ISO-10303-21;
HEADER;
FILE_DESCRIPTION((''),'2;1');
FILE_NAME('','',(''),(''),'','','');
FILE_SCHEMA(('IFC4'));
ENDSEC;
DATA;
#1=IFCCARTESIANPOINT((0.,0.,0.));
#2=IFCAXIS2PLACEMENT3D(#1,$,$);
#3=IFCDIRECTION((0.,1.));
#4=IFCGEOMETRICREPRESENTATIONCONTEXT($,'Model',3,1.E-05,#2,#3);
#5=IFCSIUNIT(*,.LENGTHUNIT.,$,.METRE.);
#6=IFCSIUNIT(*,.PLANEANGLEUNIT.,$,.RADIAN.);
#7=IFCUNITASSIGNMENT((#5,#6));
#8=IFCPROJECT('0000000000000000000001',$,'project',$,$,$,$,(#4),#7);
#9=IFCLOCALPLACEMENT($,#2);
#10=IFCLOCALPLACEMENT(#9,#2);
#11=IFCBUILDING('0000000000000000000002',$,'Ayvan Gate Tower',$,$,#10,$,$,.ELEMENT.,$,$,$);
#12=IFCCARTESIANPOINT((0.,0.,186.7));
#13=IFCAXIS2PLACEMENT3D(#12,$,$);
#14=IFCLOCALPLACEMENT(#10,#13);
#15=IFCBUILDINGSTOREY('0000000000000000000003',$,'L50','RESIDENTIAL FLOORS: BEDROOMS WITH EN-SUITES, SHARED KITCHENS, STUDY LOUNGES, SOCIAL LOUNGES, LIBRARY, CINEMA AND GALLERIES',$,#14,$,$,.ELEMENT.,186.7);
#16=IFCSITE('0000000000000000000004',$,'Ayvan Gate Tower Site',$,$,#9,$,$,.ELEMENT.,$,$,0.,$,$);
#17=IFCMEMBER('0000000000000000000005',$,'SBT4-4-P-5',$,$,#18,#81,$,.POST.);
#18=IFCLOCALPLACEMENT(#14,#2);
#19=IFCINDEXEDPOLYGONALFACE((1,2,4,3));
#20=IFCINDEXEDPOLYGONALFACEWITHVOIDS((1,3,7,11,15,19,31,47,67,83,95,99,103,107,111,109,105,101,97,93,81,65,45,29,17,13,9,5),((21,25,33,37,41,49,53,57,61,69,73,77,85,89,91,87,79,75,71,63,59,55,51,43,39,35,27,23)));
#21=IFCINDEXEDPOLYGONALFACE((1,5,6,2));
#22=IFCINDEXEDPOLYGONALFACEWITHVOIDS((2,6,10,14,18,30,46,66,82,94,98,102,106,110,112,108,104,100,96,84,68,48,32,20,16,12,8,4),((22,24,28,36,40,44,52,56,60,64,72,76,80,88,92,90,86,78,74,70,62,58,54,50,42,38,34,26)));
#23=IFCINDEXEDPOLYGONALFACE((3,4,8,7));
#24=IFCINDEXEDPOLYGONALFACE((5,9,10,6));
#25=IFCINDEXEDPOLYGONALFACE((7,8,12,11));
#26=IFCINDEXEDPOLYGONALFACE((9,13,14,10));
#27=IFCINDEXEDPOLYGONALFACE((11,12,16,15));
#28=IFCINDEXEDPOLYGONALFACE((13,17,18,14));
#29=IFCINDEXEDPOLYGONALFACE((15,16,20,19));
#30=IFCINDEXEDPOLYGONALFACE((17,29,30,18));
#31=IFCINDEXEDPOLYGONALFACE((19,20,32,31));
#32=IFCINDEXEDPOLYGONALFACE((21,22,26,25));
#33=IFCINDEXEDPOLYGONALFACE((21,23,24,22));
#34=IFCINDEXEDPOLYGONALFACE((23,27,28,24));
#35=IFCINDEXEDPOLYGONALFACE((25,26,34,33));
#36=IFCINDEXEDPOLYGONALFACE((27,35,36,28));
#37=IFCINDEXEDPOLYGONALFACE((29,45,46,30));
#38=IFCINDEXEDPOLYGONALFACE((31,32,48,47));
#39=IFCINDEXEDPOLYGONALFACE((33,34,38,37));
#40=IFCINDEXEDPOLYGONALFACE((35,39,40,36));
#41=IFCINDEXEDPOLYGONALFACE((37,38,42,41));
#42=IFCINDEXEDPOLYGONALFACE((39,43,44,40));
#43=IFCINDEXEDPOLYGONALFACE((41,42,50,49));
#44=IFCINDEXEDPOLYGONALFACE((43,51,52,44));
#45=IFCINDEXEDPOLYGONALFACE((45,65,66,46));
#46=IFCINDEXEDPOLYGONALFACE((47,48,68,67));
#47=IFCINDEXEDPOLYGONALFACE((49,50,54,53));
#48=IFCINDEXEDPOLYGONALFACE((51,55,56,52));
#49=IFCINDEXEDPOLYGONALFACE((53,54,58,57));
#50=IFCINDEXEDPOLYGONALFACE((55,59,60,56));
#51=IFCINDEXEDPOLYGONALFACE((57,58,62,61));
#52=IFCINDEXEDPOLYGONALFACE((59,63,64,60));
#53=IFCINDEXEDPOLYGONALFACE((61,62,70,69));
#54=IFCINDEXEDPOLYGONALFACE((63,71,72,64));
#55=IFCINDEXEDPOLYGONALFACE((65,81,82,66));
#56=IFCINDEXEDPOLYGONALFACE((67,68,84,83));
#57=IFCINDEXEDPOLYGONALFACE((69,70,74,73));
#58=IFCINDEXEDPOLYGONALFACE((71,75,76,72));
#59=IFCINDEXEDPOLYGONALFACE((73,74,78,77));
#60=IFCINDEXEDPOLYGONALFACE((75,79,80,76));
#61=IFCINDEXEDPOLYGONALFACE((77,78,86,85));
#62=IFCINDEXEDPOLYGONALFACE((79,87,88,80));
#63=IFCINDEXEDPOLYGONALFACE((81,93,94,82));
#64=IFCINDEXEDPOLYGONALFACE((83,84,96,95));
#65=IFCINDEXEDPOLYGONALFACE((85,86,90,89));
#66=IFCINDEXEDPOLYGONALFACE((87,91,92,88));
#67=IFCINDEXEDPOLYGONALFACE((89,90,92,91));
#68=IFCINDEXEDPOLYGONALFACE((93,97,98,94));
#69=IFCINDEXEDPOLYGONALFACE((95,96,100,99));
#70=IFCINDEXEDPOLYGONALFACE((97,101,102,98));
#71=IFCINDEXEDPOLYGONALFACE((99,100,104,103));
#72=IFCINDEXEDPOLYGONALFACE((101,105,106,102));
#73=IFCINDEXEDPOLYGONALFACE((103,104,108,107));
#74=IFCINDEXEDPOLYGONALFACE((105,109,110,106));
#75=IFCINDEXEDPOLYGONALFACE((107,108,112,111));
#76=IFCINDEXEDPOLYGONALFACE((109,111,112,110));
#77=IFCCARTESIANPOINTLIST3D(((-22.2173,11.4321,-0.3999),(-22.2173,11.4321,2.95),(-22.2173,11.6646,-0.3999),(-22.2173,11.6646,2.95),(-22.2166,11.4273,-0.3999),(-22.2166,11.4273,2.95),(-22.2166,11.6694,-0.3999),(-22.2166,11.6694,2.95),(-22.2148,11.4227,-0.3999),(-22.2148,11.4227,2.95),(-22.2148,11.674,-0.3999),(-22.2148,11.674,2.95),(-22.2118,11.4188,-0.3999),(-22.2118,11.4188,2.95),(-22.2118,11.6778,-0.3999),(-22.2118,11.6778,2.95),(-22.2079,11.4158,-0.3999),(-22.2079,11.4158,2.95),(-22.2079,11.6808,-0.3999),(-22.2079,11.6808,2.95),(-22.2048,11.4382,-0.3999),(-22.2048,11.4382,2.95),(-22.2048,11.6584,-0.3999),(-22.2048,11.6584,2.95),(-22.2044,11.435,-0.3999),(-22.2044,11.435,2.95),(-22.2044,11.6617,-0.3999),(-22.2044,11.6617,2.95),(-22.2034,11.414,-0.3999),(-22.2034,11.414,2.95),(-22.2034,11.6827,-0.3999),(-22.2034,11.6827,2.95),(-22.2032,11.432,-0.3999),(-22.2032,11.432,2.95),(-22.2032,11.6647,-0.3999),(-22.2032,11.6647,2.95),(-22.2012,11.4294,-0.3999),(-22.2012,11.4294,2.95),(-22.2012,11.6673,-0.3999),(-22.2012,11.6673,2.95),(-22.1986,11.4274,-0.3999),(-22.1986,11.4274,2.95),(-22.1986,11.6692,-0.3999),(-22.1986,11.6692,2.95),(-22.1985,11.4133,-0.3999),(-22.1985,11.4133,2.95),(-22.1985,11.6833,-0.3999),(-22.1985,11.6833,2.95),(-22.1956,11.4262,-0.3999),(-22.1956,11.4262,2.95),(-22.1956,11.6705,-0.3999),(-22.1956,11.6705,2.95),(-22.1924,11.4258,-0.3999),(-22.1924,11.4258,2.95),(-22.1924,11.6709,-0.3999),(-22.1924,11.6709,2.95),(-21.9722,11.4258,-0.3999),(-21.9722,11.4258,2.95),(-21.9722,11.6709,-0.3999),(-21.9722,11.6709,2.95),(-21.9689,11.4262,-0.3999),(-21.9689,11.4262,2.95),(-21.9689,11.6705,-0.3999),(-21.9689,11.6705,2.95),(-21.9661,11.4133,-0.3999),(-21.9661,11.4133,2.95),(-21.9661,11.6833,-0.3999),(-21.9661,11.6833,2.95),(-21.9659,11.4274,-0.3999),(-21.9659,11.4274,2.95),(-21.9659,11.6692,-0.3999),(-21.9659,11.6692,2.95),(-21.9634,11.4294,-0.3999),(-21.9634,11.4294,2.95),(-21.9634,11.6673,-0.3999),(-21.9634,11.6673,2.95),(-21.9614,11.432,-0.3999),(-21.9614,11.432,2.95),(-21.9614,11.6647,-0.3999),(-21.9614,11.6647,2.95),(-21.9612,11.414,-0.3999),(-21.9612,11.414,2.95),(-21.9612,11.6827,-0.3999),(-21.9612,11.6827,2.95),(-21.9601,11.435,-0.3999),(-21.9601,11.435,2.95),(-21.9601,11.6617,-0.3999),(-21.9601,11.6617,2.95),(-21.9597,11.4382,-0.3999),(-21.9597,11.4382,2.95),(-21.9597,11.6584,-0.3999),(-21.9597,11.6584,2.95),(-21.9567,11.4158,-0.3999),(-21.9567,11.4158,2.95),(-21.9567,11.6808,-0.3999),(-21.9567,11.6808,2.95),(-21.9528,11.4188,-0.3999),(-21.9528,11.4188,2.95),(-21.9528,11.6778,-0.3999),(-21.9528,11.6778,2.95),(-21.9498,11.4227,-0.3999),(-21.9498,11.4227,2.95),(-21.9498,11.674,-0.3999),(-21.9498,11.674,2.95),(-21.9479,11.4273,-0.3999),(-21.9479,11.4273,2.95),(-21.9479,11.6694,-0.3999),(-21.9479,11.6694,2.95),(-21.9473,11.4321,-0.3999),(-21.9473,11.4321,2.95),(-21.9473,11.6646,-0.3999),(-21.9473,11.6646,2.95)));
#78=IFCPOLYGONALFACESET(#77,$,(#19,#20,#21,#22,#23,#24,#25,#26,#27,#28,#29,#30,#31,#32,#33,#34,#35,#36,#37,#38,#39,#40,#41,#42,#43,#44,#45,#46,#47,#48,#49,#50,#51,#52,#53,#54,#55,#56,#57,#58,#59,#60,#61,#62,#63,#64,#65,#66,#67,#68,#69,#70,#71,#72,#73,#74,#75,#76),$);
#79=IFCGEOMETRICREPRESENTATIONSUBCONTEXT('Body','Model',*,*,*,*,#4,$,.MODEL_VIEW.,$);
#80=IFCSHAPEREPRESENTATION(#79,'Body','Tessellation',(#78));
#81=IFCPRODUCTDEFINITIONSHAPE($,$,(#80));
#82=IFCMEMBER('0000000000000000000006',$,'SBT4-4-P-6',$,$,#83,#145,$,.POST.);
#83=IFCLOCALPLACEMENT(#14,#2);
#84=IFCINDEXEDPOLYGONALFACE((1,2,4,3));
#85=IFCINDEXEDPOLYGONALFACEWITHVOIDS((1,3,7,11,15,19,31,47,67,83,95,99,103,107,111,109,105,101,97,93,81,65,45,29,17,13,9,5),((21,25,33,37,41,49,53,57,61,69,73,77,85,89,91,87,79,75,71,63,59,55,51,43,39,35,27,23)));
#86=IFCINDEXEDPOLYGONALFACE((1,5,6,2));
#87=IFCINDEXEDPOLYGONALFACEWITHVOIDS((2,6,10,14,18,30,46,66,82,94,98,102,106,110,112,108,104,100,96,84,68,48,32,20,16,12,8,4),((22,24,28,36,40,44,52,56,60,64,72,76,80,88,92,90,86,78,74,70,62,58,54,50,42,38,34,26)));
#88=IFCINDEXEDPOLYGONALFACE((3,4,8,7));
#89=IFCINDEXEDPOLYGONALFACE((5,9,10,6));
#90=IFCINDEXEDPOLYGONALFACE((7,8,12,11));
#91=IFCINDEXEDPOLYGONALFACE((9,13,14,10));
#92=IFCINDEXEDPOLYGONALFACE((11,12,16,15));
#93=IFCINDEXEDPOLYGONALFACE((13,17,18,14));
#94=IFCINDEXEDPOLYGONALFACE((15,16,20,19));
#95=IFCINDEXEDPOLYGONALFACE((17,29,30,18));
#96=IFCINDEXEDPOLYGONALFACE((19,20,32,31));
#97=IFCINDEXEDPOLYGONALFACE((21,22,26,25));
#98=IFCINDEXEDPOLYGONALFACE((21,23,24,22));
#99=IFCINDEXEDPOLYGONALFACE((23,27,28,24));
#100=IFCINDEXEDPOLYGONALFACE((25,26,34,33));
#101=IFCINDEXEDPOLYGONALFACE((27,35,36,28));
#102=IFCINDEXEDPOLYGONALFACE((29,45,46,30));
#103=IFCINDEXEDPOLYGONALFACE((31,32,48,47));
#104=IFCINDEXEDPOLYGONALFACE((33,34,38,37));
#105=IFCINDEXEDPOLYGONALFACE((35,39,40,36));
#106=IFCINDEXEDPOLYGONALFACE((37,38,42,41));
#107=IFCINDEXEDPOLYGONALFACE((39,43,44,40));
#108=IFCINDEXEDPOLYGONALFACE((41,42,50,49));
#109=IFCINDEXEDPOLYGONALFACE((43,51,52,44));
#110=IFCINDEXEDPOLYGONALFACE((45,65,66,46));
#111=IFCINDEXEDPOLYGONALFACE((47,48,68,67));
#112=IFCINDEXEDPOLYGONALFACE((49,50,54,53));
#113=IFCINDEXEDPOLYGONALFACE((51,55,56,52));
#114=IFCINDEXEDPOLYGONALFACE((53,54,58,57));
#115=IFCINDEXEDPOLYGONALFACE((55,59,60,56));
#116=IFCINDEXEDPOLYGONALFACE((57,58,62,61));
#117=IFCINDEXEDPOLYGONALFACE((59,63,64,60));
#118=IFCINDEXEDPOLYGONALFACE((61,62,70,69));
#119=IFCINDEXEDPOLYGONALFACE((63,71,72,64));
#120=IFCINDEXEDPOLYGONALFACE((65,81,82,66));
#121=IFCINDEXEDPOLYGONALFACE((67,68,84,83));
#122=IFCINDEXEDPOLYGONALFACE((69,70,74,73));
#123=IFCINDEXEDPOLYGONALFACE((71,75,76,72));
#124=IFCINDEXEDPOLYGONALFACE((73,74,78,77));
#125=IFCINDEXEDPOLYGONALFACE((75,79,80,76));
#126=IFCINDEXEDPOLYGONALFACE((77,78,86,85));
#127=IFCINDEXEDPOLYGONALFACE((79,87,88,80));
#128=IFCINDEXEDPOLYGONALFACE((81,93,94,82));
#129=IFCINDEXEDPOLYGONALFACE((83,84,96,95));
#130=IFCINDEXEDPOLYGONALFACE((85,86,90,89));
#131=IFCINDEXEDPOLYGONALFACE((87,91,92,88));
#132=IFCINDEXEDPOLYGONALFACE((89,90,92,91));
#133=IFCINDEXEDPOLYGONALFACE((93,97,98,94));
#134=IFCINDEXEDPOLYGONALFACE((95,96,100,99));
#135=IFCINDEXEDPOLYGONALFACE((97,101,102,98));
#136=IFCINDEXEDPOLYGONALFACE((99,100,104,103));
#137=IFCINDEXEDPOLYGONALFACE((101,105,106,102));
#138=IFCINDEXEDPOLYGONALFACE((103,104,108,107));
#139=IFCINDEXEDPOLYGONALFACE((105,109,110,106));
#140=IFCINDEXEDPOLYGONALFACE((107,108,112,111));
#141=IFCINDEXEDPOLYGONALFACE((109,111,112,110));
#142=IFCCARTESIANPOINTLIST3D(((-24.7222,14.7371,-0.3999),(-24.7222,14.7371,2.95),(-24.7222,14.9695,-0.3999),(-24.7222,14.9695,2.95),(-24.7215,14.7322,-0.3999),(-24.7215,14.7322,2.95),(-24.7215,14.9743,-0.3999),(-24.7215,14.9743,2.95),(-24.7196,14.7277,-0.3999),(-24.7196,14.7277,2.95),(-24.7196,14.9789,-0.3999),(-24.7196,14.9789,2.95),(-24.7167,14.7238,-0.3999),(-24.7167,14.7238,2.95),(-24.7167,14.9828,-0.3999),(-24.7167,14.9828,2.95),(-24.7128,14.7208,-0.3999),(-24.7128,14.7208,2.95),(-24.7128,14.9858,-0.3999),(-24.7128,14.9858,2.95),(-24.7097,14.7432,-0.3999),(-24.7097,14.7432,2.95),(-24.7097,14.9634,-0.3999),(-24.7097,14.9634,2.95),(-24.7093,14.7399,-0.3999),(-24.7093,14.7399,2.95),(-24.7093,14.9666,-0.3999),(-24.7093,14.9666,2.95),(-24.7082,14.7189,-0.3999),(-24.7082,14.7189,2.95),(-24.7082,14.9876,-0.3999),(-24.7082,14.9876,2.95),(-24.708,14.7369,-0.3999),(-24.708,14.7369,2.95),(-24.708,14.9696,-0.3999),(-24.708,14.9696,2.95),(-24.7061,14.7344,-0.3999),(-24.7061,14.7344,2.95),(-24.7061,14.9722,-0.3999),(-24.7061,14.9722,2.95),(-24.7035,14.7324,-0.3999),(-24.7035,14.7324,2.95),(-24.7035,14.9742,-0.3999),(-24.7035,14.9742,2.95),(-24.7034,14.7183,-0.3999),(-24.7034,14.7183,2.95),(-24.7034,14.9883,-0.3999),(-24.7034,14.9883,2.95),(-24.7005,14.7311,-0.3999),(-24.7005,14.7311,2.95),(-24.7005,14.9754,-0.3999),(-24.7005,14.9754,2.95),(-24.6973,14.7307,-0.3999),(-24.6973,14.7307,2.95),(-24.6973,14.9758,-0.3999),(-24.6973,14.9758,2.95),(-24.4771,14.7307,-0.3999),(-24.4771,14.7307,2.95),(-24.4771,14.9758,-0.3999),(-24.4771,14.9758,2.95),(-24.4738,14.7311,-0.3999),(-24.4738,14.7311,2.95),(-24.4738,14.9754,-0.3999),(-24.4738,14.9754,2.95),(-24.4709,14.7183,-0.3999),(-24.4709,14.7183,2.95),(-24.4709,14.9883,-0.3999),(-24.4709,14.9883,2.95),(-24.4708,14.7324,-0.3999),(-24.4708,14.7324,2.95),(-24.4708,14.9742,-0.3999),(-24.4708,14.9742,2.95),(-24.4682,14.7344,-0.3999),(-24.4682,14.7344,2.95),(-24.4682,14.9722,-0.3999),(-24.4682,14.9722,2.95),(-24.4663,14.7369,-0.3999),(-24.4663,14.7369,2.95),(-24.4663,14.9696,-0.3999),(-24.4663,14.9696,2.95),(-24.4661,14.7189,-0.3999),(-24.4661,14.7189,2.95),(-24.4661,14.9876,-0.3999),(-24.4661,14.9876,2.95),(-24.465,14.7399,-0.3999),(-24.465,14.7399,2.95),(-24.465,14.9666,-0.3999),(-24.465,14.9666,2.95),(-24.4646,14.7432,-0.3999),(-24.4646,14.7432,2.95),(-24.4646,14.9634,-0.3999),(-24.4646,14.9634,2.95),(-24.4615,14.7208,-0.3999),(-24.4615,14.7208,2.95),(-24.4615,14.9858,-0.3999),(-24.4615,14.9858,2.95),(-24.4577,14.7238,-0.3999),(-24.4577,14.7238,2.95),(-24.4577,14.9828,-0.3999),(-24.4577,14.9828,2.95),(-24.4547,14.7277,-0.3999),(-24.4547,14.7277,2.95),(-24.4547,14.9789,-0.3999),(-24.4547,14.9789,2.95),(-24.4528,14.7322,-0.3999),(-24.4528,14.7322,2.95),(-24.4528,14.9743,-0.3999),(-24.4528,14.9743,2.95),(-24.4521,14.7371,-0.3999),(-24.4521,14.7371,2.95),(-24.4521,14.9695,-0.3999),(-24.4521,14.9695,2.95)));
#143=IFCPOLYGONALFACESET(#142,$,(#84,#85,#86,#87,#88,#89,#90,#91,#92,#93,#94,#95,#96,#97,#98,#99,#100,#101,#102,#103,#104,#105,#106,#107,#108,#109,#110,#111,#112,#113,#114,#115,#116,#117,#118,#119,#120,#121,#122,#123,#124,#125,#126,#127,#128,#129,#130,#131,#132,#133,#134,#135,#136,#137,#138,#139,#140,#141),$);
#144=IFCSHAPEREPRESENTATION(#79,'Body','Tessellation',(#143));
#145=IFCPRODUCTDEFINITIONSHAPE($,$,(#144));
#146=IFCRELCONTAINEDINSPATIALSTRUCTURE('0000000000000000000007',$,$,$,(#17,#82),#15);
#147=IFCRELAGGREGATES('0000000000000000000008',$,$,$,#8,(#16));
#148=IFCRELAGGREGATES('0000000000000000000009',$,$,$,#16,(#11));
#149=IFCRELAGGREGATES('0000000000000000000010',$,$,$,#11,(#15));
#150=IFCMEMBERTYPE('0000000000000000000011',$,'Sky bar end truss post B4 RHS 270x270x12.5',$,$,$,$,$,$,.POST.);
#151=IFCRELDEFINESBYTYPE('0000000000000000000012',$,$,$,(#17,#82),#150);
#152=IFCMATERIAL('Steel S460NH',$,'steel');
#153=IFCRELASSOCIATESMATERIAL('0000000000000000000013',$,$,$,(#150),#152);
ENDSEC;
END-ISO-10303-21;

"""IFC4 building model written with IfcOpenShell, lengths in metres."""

from ifc_helpers import new_model, si_unit, direction, frame, origin, origin_2d, place, context, subcontext, project, spatial, hollow_rectangle, extrude, material, material_profile, profile_set, type_object, element, save


model = new_model("IFC4")

# Units and contexts
model_context = context("Model", 3, precision=1e-05, world=origin(), true_north=direction((0.0, 1.0)))
body_context = subcontext(model_context, "Body", "Model", "MODEL_VIEW")
ifc_project = project(units=[si_unit("LENGTHUNIT", "METRE"), si_unit("PLANEANGLEUNIT", "RADIAN")], contexts=[model_context])

# Site, building, storey
site_placement = place(None, origin())
site = spatial("IfcSite", under=ifc_project, at=site_placement, Name="Ayvan Gate Tower Site", CompositionType="ELEMENT", RefElevation=0.0)
building_placement = place(site_placement, origin())
building = spatial("IfcBuilding", under=site, at=building_placement, Name="Ayvan Gate Tower", CompositionType="ELEMENT")
storey_placement = place(building_placement, frame((0.0, 0.0, 186.7)))
storey = spatial("IfcBuildingStorey", under=building, at=storey_placement, Name="L50", Description="RESIDENTIAL FLOORS: BEDROOMS WITH EN-SUITES, SHARED KITCHENS, STUDY LOUNGES, SOCIAL LOUNGES, LIBRARY, CINEMA AND GALLERIES", CompositionType="ELEMENT", Elevation=186.7)

# Members
ifc_material_1 = material(Name="Steel S460NH", Category="steel")
ifc_material_profile_1 = material_profile(ifc_material_1, hollow_rectangle(XDim=0.27, YDim=0.27, WallThickness=0.0125, InnerFilletRadius=0.0125, OuterFilletRadius=0.0188, at=origin_2d()), Name="RHS 270x270x12.5")
ifc_profile_set_1 = profile_set([ifc_material_profile_1], Name="Steel S460NH")
member_type_1 = type_object("IfcMemberType", Name="Sky bar end truss post B4 RHS 270x270x12.5", PredefinedType="POST", material=ifc_profile_set_1)
for number, where, z_axis, x_axis, name in (
    (1, (-22.0823, 11.5483, -0.3999), (0.0, 0.0, 1.0), (1.0, 0.0, 0.0), "SBT4-4-P-5"),
    (2, (-24.5872, 14.8533, -0.3999), (0.0, 0.0, 1.0), (1.0, 0.0, 0.0), "SBT4-4-P-6"),
):
    element("IfcMember", number, at=place(storey_placement, frame(where, z_axis=z_axis, x_axis=x_axis)), inside=storey, type_object=member_type_1, Name=name, PredefinedType="POST", context=body_context, shape_type="SweptSolid", body=[
        extrude(hollow_rectangle(XDim=0.27, YDim=0.27, WallThickness=0.0125, InnerFilletRadius=0.0125, OuterFilletRadius=0.0188, at=origin_2d()), origin(), (0.0, 0.0, 1.0), 3.3499),
    ])

save(model, "model.ifc")
